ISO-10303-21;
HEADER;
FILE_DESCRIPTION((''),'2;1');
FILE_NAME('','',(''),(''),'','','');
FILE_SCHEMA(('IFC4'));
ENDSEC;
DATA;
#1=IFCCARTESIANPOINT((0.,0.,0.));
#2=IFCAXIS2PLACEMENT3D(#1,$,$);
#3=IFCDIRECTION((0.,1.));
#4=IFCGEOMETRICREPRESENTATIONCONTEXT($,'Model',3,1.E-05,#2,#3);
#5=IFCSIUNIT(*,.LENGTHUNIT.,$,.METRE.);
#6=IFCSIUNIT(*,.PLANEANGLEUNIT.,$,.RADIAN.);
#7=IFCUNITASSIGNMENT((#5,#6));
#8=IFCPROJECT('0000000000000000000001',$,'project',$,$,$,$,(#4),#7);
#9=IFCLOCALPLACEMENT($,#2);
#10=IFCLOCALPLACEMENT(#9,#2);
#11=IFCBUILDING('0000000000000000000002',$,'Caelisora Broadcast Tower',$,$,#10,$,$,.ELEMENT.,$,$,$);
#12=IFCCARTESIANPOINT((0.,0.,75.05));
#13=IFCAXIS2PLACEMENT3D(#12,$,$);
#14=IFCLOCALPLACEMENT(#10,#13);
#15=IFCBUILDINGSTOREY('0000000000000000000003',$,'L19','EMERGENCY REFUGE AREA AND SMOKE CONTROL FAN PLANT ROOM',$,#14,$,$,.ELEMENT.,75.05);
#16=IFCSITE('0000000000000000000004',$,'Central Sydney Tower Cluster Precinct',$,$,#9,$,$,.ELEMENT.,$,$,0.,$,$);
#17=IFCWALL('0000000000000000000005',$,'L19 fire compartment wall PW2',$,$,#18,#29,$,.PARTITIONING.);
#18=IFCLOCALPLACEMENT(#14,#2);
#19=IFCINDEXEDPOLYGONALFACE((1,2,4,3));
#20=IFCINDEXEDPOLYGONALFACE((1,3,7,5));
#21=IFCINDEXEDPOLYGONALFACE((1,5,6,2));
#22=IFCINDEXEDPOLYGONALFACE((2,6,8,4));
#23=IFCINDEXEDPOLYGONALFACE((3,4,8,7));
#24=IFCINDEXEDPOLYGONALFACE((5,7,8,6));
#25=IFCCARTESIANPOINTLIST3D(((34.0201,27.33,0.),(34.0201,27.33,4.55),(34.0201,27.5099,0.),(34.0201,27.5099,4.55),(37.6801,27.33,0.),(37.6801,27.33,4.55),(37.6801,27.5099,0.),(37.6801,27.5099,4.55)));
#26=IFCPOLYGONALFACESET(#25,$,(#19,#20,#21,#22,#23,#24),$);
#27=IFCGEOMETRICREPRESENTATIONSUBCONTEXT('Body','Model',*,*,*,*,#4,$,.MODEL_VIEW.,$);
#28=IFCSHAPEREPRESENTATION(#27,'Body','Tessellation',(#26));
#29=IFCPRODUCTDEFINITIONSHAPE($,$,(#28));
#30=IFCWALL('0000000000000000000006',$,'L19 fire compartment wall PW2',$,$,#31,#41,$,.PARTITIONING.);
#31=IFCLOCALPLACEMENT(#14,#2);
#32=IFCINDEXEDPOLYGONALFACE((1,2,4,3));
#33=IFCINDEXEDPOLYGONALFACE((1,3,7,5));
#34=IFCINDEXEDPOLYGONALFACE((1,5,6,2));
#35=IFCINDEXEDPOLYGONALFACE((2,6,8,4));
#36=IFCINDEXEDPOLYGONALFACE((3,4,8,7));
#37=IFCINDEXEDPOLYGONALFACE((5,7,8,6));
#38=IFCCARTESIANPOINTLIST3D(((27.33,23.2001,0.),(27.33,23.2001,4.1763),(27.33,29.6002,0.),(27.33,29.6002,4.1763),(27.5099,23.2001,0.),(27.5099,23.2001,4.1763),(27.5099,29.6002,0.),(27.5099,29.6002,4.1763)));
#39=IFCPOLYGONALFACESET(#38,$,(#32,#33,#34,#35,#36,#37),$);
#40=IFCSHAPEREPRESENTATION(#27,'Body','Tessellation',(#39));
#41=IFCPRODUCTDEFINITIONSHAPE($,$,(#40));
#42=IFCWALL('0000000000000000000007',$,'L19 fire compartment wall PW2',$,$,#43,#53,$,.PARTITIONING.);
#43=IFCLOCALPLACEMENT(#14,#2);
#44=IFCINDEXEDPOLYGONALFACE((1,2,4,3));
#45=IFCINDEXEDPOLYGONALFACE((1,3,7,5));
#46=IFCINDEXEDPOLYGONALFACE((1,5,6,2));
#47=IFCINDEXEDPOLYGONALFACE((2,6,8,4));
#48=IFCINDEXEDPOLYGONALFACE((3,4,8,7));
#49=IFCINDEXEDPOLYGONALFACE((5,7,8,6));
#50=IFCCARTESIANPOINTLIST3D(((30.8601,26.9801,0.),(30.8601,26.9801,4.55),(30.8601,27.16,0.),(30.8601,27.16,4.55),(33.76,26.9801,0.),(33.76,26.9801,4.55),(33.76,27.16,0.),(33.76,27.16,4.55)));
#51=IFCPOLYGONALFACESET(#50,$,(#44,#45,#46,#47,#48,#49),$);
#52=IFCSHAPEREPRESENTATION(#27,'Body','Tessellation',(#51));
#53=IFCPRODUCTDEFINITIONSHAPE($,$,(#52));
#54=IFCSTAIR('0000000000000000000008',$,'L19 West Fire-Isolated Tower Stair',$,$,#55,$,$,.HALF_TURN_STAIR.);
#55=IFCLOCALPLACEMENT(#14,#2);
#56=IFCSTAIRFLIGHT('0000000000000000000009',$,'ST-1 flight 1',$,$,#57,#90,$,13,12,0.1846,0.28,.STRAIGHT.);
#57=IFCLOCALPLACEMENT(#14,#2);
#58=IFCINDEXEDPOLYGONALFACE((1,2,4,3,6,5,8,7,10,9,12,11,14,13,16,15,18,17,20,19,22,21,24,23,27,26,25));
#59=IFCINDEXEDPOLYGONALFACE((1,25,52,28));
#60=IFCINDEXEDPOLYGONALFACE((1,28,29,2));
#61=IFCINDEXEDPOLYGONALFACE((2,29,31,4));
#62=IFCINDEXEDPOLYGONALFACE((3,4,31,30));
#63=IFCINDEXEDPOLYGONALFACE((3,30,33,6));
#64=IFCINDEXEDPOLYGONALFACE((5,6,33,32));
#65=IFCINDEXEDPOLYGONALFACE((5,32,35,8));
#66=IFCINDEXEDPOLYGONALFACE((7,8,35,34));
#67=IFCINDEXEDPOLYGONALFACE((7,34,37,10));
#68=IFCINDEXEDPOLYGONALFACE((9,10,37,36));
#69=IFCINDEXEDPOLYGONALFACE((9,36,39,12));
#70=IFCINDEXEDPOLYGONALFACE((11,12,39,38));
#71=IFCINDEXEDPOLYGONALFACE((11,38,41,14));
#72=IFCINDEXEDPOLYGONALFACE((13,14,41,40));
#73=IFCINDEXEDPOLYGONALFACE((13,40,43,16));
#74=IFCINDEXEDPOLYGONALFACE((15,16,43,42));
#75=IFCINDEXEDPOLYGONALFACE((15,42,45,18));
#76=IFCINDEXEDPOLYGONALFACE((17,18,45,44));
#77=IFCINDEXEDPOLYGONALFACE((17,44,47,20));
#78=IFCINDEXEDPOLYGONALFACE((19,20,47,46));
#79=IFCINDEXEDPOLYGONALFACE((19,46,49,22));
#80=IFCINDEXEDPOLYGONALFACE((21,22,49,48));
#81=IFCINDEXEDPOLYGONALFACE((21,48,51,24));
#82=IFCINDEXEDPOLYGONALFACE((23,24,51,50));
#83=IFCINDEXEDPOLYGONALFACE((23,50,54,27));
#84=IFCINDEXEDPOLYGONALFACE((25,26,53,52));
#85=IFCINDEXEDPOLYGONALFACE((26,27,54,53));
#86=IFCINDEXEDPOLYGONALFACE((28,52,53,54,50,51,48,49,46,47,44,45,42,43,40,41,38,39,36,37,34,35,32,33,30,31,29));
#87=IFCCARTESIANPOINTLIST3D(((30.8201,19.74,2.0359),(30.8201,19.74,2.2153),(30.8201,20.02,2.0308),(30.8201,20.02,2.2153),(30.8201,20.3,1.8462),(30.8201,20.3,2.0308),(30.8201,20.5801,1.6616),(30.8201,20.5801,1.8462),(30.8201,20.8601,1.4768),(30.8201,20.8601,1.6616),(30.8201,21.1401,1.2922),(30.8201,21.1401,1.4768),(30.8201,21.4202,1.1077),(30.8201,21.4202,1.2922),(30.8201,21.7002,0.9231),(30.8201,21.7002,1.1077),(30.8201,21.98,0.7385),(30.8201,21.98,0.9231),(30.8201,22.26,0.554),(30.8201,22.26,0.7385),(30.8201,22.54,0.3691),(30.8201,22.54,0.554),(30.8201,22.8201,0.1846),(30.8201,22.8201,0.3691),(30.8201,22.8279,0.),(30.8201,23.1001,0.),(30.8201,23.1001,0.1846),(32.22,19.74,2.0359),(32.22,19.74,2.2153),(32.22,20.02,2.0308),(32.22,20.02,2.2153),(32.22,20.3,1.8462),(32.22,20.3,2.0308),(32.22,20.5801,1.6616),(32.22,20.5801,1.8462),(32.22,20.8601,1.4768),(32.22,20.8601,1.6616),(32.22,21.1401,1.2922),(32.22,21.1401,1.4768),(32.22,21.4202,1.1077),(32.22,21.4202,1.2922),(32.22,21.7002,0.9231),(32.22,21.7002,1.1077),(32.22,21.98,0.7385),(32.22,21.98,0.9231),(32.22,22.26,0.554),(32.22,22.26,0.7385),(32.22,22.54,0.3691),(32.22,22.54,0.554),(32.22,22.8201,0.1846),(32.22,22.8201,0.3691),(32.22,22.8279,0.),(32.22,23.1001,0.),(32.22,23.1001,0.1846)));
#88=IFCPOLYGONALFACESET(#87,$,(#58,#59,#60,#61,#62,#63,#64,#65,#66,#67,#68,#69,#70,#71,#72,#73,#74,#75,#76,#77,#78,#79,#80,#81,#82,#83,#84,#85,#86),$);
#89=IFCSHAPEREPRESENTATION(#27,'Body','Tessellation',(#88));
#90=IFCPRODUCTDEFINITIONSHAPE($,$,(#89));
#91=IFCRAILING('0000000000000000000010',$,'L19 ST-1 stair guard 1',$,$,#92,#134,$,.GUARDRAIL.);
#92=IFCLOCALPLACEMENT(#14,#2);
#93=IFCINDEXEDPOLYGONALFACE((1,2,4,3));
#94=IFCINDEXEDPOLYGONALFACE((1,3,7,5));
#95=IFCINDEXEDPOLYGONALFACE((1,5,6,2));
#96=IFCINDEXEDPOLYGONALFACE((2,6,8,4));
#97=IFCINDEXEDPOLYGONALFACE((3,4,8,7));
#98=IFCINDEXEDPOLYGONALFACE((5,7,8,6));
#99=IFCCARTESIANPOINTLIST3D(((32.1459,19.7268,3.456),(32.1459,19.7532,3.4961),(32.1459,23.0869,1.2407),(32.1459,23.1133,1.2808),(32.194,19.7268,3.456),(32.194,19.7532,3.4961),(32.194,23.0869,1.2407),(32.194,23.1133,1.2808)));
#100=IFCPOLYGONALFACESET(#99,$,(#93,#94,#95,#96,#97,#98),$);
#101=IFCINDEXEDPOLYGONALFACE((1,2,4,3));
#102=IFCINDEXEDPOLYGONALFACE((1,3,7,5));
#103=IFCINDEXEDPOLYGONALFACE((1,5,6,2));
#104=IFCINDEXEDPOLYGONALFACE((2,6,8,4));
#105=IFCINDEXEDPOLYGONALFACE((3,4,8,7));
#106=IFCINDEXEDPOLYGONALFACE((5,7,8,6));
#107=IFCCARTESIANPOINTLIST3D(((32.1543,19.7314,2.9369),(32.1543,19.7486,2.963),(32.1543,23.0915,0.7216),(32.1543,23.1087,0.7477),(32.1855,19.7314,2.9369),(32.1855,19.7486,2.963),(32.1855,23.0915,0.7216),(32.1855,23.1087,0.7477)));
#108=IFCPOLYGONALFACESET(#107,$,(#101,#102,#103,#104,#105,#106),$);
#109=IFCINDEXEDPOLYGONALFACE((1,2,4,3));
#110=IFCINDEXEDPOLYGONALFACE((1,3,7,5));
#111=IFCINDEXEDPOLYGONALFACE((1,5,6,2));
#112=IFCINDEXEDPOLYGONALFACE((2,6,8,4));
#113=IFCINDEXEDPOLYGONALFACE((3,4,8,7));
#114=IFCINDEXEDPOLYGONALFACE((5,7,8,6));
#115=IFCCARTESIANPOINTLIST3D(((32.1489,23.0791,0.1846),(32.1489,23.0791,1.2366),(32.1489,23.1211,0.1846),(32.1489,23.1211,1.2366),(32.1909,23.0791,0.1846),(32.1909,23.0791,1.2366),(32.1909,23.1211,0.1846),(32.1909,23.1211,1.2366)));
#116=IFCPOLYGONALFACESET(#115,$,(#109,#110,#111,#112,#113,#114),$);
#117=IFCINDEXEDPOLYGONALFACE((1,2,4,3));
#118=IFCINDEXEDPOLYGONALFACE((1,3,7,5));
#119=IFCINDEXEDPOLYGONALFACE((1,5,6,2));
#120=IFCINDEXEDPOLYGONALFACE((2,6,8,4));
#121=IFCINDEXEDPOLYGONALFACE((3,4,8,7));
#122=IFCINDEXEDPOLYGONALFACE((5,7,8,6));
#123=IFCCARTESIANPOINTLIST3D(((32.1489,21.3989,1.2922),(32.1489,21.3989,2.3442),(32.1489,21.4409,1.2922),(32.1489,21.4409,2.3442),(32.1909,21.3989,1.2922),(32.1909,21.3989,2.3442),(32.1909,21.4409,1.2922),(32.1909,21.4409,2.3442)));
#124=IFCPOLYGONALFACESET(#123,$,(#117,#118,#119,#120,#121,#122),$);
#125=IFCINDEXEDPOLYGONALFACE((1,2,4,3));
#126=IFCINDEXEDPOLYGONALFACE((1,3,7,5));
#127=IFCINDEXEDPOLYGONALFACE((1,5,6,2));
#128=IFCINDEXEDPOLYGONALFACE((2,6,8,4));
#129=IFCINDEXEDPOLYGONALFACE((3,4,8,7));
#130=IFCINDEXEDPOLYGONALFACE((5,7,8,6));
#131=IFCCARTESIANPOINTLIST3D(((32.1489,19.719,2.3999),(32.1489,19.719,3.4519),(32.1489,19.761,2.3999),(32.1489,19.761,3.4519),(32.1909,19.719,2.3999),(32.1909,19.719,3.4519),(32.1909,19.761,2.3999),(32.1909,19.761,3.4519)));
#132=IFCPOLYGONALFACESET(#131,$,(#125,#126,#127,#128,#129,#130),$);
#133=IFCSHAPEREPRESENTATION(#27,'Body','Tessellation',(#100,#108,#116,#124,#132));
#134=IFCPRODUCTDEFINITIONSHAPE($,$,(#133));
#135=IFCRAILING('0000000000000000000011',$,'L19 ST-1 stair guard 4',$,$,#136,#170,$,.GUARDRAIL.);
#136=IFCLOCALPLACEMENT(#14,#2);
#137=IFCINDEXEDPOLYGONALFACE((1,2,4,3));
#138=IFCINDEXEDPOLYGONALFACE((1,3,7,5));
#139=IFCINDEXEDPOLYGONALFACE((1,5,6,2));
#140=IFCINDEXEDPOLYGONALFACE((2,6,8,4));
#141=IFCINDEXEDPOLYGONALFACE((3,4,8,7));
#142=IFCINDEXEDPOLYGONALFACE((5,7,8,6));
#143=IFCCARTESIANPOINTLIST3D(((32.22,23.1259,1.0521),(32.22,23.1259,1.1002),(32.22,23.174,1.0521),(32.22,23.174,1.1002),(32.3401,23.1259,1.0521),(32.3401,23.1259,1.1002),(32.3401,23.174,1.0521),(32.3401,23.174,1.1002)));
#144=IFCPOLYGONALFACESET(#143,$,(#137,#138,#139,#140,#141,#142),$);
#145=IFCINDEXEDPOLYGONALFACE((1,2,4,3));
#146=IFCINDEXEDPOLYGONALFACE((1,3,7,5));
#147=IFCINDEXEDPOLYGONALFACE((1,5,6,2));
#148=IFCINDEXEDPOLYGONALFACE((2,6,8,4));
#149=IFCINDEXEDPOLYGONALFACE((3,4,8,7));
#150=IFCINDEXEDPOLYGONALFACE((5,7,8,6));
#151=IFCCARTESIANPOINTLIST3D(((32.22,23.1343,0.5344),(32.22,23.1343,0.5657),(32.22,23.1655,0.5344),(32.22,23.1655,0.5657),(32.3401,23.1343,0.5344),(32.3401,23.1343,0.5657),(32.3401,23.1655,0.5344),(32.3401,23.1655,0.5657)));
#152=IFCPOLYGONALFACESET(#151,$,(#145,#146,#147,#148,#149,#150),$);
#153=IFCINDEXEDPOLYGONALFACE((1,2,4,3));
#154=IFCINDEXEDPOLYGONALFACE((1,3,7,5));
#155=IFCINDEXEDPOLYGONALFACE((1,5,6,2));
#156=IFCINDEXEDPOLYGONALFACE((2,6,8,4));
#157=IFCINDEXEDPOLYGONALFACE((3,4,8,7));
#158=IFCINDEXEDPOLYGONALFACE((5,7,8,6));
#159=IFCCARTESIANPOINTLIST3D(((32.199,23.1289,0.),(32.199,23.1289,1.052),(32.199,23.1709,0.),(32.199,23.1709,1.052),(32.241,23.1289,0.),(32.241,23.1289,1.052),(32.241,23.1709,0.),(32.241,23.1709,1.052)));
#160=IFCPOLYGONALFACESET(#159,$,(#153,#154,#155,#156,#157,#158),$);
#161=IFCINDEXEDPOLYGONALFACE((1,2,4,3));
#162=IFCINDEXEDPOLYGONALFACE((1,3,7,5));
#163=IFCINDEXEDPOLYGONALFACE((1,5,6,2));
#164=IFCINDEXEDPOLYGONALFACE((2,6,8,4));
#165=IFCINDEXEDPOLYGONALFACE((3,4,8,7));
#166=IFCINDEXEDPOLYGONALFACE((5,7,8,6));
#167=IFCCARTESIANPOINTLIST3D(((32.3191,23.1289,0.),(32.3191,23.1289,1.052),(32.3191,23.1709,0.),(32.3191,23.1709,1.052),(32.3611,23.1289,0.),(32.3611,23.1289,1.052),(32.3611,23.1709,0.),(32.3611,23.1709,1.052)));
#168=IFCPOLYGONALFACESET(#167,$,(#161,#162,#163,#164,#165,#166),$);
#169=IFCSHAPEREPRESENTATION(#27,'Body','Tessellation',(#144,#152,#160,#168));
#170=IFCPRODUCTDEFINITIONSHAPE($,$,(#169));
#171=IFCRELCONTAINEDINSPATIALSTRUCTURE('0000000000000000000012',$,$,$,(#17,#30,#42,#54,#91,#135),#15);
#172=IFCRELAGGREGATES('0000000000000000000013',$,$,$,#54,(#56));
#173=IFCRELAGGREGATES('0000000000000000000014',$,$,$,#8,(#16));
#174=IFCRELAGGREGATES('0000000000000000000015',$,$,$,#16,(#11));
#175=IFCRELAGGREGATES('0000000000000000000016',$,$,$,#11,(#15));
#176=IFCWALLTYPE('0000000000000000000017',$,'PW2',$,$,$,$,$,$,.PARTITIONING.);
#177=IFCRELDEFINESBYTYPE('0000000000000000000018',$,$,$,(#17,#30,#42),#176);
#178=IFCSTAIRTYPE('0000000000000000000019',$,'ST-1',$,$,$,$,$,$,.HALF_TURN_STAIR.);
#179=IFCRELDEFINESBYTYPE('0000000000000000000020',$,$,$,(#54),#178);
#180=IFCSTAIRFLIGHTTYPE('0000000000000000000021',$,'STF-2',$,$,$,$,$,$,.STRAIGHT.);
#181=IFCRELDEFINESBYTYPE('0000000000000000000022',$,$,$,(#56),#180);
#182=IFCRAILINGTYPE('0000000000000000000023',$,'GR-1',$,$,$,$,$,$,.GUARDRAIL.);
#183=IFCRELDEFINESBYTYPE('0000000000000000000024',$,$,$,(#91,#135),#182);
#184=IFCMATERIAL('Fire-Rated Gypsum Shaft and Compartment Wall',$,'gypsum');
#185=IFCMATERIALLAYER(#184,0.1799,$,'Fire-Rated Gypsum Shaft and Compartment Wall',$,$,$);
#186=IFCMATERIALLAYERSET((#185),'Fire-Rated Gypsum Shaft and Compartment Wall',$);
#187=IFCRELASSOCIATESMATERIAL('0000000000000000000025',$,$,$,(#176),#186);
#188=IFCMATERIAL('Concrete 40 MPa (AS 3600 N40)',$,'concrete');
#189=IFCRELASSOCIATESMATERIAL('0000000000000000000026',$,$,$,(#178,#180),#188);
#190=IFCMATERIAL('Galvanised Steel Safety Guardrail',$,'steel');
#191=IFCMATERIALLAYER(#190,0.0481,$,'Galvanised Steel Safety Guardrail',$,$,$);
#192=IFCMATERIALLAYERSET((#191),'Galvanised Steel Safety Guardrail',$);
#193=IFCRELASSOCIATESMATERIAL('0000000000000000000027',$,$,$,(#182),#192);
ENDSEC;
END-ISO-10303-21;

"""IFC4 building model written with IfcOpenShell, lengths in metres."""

from ifc_helpers import new_model, si_unit, direction, frame, frame_2d, origin, origin_2d, place, context, subcontext, project, spatial, polyline, rectangle, outline, extrude, material, layer, layer_set, type_object, element, aggregate, save


model = new_model("IFC4")

# Units and contexts
model_context = context("Model", 3, precision=1e-05, world=origin(), true_north=direction((0.0, 1.0)))
body_context = subcontext(model_context, "Body", "Model", "MODEL_VIEW")
ifc_project = project(units=[si_unit("LENGTHUNIT", "METRE"), si_unit("PLANEANGLEUNIT", "RADIAN")], contexts=[model_context])

# Site, building, storey
site_placement = place(None, origin())
site = spatial("IfcSite", under=ifc_project, at=site_placement, Name="Central Sydney Tower Cluster Precinct", CompositionType="ELEMENT", RefElevation=0.0)
building_placement = place(site_placement, origin())
building = spatial("IfcBuilding", under=site, at=building_placement, Name="Caelisora Broadcast Tower", CompositionType="ELEMENT")
storey_placement = place(building_placement, frame((0.0, 0.0, 75.05)))
storey = spatial("IfcBuildingStorey", under=building, at=storey_placement, Name="L19", Description="EMERGENCY REFUGE AREA AND SMOKE CONTROL FAN PLANT ROOM", CompositionType="ELEMENT", Elevation=75.05)

# Walls
ifc_material_1 = material(Name="Fire-Rated Gypsum Shaft and Compartment Wall", Category="gypsum")
ifc_layer_1 = layer(ifc_material_1, 0.1799, Name="Fire-Rated Gypsum Shaft and Compartment Wall")
ifc_layer_set_1 = layer_set([ifc_layer_1], Name="Fire-Rated Gypsum Shaft and Compartment Wall")
wall_type_1 = type_object("IfcWallType", Name="PW2", PredefinedType="PARTITIONING", material=ifc_layer_set_1)
wall_1_placement = place(storey_placement, frame((34.02, 27.4199, 0.0), z_axis=(0.0, 0.0, 1.0), x_axis=(1.0, 0.0, 0.0)))
element("IfcWall", 1, at=wall_1_placement, inside=storey, type_object=wall_type_1, Name="L19 fire compartment wall PW2", PredefinedType="PARTITIONING", context=body_context, shape_type="SweptSolid", body=[
    extrude(rectangle(XDim=3.6599, YDim=0.1799, at=frame_2d((1.8301, 0.0))), origin(), (0.0, 0.0, 1.0), 4.55),
])
wall_2_placement = place(storey_placement, frame((27.4199, 23.2, 0.0), z_axis=(0.0, 0.0, 1.0), x_axis=(0.0, 1.0, 0.0)))
element("IfcWall", 2, at=wall_2_placement, inside=storey, type_object=wall_type_1, Name="L19 fire compartment wall PW2", PredefinedType="PARTITIONING", context=body_context, shape_type="SweptSolid", body=[
    extrude(rectangle(XDim=6.4001, YDim=0.1799, at=frame_2d((3.2002, 0.0))), origin(), (0.0, 0.0, 1.0), 4.1763),
])

# Wall
wall_3_placement = place(storey_placement, frame((30.8601, 27.0701, 0.0), z_axis=(0.0, 0.0, 1.0), x_axis=(1.0, 0.0, 0.0)))
element("IfcWall", 3, at=wall_3_placement, inside=storey, type_object=wall_type_1, Name="L19 fire compartment wall PW2", PredefinedType="PARTITIONING", context=body_context, shape_type="SweptSolid", body=[
    extrude(rectangle(XDim=2.8999, YDim=0.1799, at=frame_2d((1.45, 0.0))), origin(), (0.0, 0.0, 1.0), 4.55),
])

# Stair, stair flight
ifc_material_2 = material(Name="Concrete 40 MPa (AS 3600 N40)", Category="concrete")
stair_type = type_object("IfcStairType", Name="ST-1", PredefinedType="HALF_TURN_STAIR", material=ifc_material_2)
stair_placement = place(storey_placement, origin())
stair = element("IfcStair", 4, at=stair_placement, inside=storey, type_object=stair_type, Name="L19 West Fire-Isolated Tower Stair", PredefinedType="HALF_TURN_STAIR")
stair_flight_type = type_object("IfcStairFlightType", Name="STF-2", PredefinedType="STRAIGHT", material=ifc_material_2)
stair_flight_placement = place(storey_placement, frame((31.52, 23.1001, 0.0), z_axis=(0.0, 0.0, 1.0), x_axis=(0.0, -1.0, 0.0)))
stair_flight = element("IfcStairFlight", 5, at=stair_flight_placement, type_object=stair_flight_type, Name="ST-1 flight 1", NumberOfRisers=13, NumberOfTreads=12, PredefinedType="STRAIGHT", RiserHeight=0.1846, TreadLength=0.28, context=body_context, shape_type="SweptSolid", body=[
    extrude(outline(polyline([(0.0, 0.0), (0.0, 0.1846), (0.28, 0.1846), (0.28, 0.3691), (0.5601, 0.3691), (0.5601, 0.554), (0.8401, 0.554), (0.8401, 0.7385), (1.1201, 0.7385), (1.1201, 0.9231), (1.3999, 0.9231), (1.3999, 1.1077), (1.6799, 1.1077), (1.6799, 1.2922), (1.96, 1.2922), (1.96, 1.4768), (2.24, 1.4768), (2.24, 1.6616), (2.52, 1.6616), (2.52, 1.8462), (2.8, 1.8462), (2.8, 2.0308), (3.0801, 2.0308), (3.0801, 2.2153), (3.3601, 2.2153), (3.3601, 2.3999), (3.3601, 2.0359), (0.2722, 0.0), (0.0, 0.0)])), frame((0.0, 0.7, 0.0), z_axis=(0.0, -1.0, 0.0), x_axis=(1.0, 0.0, 0.0)), (0.0, 0.0, 1.0), 1.3999),
])
aggregate(stair, [stair_flight])

# Railings
ifc_material_3 = material(Name="Galvanised Steel Safety Guardrail", Category="steel")
ifc_layer_2 = layer(ifc_material_3, 0.0481, Name="Galvanised Steel Safety Guardrail")
ifc_layer_set_2 = layer_set([ifc_layer_2], Name="Galvanised Steel Safety Guardrail")
railing_type_1 = type_object("IfcRailingType", Name="GR-1", PredefinedType="GUARDRAIL", material=ifc_layer_set_2)
railing_1_placement = place(storey_placement, frame((32.1699, 23.1001, 0.1846)))
element("IfcRailing", 6, at=railing_1_placement, inside=storey, type_object=railing_type_1, Name="L19 ST-1 stair guard 1", PredefinedType="GUARDRAIL", context=body_context, shape_type="SweptSolid", body=[
    extrude(rectangle(XDim=0.0481, YDim=0.0481, at=origin_2d()), frame((0.0, 0.0, 1.0762), z_axis=(0.0, -0.834876, 0.550437), x_axis=(1.0, 0.0, 0.0)), (0.0, 0.0, 1.0), 4.0247),
    extrude(rectangle(XDim=0.0312, YDim=0.0312, at=origin_2d()), frame((0.0, 0.0, 0.55), z_axis=(0.0, -0.834876, 0.550437), x_axis=(1.0, 0.0, 0.0)), (0.0, 0.0, 1.0), 4.0247),
    extrude(rectangle(XDim=0.042, YDim=0.042, at=origin_2d()), origin(), (0.0, 0.0, 1.0), 1.052),
    extrude(rectangle(XDim=0.042, YDim=0.042, at=origin_2d()), frame((0.0, -1.6802, 1.1077)), (0.0, 0.0, 1.0), 1.052),
    extrude(rectangle(XDim=0.042, YDim=0.042, at=origin_2d()), frame((0.0, -3.3601, 2.2153)), (0.0, 0.0, 1.0), 1.052),
])
railing_2_placement = place(storey_placement, frame((32.22, 23.1499, 0.0)))
element("IfcRailing", 7, at=railing_2_placement, inside=storey, type_object=railing_type_1, Name="L19 ST-1 stair guard 4", PredefinedType="GUARDRAIL", context=body_context, shape_type="SweptSolid", body=[
    extrude(rectangle(XDim=0.0481, YDim=0.0481, at=origin_2d()), frame((0.0, 0.0, 1.0762), z_axis=(1.0, 0.0, 0.0), x_axis=(0.0, 1.0, 0.0)), (0.0, 0.0, 1.0), 0.1201),
    extrude(rectangle(XDim=0.0312, YDim=0.0312, at=origin_2d()), frame((0.0, 0.0, 0.55), z_axis=(1.0, 0.0, 0.0), x_axis=(0.0, 1.0, 0.0)), (0.0, 0.0, 1.0), 0.1201),
    extrude(rectangle(XDim=0.042, YDim=0.042, at=origin_2d()), origin(), (0.0, 0.0, 1.0), 1.052),
    extrude(rectangle(XDim=0.042, YDim=0.042, at=origin_2d()), frame((0.1201, 0.0, 0.0)), (0.0, 0.0, 1.0), 1.052),
])

save(model, "model.ifc")
